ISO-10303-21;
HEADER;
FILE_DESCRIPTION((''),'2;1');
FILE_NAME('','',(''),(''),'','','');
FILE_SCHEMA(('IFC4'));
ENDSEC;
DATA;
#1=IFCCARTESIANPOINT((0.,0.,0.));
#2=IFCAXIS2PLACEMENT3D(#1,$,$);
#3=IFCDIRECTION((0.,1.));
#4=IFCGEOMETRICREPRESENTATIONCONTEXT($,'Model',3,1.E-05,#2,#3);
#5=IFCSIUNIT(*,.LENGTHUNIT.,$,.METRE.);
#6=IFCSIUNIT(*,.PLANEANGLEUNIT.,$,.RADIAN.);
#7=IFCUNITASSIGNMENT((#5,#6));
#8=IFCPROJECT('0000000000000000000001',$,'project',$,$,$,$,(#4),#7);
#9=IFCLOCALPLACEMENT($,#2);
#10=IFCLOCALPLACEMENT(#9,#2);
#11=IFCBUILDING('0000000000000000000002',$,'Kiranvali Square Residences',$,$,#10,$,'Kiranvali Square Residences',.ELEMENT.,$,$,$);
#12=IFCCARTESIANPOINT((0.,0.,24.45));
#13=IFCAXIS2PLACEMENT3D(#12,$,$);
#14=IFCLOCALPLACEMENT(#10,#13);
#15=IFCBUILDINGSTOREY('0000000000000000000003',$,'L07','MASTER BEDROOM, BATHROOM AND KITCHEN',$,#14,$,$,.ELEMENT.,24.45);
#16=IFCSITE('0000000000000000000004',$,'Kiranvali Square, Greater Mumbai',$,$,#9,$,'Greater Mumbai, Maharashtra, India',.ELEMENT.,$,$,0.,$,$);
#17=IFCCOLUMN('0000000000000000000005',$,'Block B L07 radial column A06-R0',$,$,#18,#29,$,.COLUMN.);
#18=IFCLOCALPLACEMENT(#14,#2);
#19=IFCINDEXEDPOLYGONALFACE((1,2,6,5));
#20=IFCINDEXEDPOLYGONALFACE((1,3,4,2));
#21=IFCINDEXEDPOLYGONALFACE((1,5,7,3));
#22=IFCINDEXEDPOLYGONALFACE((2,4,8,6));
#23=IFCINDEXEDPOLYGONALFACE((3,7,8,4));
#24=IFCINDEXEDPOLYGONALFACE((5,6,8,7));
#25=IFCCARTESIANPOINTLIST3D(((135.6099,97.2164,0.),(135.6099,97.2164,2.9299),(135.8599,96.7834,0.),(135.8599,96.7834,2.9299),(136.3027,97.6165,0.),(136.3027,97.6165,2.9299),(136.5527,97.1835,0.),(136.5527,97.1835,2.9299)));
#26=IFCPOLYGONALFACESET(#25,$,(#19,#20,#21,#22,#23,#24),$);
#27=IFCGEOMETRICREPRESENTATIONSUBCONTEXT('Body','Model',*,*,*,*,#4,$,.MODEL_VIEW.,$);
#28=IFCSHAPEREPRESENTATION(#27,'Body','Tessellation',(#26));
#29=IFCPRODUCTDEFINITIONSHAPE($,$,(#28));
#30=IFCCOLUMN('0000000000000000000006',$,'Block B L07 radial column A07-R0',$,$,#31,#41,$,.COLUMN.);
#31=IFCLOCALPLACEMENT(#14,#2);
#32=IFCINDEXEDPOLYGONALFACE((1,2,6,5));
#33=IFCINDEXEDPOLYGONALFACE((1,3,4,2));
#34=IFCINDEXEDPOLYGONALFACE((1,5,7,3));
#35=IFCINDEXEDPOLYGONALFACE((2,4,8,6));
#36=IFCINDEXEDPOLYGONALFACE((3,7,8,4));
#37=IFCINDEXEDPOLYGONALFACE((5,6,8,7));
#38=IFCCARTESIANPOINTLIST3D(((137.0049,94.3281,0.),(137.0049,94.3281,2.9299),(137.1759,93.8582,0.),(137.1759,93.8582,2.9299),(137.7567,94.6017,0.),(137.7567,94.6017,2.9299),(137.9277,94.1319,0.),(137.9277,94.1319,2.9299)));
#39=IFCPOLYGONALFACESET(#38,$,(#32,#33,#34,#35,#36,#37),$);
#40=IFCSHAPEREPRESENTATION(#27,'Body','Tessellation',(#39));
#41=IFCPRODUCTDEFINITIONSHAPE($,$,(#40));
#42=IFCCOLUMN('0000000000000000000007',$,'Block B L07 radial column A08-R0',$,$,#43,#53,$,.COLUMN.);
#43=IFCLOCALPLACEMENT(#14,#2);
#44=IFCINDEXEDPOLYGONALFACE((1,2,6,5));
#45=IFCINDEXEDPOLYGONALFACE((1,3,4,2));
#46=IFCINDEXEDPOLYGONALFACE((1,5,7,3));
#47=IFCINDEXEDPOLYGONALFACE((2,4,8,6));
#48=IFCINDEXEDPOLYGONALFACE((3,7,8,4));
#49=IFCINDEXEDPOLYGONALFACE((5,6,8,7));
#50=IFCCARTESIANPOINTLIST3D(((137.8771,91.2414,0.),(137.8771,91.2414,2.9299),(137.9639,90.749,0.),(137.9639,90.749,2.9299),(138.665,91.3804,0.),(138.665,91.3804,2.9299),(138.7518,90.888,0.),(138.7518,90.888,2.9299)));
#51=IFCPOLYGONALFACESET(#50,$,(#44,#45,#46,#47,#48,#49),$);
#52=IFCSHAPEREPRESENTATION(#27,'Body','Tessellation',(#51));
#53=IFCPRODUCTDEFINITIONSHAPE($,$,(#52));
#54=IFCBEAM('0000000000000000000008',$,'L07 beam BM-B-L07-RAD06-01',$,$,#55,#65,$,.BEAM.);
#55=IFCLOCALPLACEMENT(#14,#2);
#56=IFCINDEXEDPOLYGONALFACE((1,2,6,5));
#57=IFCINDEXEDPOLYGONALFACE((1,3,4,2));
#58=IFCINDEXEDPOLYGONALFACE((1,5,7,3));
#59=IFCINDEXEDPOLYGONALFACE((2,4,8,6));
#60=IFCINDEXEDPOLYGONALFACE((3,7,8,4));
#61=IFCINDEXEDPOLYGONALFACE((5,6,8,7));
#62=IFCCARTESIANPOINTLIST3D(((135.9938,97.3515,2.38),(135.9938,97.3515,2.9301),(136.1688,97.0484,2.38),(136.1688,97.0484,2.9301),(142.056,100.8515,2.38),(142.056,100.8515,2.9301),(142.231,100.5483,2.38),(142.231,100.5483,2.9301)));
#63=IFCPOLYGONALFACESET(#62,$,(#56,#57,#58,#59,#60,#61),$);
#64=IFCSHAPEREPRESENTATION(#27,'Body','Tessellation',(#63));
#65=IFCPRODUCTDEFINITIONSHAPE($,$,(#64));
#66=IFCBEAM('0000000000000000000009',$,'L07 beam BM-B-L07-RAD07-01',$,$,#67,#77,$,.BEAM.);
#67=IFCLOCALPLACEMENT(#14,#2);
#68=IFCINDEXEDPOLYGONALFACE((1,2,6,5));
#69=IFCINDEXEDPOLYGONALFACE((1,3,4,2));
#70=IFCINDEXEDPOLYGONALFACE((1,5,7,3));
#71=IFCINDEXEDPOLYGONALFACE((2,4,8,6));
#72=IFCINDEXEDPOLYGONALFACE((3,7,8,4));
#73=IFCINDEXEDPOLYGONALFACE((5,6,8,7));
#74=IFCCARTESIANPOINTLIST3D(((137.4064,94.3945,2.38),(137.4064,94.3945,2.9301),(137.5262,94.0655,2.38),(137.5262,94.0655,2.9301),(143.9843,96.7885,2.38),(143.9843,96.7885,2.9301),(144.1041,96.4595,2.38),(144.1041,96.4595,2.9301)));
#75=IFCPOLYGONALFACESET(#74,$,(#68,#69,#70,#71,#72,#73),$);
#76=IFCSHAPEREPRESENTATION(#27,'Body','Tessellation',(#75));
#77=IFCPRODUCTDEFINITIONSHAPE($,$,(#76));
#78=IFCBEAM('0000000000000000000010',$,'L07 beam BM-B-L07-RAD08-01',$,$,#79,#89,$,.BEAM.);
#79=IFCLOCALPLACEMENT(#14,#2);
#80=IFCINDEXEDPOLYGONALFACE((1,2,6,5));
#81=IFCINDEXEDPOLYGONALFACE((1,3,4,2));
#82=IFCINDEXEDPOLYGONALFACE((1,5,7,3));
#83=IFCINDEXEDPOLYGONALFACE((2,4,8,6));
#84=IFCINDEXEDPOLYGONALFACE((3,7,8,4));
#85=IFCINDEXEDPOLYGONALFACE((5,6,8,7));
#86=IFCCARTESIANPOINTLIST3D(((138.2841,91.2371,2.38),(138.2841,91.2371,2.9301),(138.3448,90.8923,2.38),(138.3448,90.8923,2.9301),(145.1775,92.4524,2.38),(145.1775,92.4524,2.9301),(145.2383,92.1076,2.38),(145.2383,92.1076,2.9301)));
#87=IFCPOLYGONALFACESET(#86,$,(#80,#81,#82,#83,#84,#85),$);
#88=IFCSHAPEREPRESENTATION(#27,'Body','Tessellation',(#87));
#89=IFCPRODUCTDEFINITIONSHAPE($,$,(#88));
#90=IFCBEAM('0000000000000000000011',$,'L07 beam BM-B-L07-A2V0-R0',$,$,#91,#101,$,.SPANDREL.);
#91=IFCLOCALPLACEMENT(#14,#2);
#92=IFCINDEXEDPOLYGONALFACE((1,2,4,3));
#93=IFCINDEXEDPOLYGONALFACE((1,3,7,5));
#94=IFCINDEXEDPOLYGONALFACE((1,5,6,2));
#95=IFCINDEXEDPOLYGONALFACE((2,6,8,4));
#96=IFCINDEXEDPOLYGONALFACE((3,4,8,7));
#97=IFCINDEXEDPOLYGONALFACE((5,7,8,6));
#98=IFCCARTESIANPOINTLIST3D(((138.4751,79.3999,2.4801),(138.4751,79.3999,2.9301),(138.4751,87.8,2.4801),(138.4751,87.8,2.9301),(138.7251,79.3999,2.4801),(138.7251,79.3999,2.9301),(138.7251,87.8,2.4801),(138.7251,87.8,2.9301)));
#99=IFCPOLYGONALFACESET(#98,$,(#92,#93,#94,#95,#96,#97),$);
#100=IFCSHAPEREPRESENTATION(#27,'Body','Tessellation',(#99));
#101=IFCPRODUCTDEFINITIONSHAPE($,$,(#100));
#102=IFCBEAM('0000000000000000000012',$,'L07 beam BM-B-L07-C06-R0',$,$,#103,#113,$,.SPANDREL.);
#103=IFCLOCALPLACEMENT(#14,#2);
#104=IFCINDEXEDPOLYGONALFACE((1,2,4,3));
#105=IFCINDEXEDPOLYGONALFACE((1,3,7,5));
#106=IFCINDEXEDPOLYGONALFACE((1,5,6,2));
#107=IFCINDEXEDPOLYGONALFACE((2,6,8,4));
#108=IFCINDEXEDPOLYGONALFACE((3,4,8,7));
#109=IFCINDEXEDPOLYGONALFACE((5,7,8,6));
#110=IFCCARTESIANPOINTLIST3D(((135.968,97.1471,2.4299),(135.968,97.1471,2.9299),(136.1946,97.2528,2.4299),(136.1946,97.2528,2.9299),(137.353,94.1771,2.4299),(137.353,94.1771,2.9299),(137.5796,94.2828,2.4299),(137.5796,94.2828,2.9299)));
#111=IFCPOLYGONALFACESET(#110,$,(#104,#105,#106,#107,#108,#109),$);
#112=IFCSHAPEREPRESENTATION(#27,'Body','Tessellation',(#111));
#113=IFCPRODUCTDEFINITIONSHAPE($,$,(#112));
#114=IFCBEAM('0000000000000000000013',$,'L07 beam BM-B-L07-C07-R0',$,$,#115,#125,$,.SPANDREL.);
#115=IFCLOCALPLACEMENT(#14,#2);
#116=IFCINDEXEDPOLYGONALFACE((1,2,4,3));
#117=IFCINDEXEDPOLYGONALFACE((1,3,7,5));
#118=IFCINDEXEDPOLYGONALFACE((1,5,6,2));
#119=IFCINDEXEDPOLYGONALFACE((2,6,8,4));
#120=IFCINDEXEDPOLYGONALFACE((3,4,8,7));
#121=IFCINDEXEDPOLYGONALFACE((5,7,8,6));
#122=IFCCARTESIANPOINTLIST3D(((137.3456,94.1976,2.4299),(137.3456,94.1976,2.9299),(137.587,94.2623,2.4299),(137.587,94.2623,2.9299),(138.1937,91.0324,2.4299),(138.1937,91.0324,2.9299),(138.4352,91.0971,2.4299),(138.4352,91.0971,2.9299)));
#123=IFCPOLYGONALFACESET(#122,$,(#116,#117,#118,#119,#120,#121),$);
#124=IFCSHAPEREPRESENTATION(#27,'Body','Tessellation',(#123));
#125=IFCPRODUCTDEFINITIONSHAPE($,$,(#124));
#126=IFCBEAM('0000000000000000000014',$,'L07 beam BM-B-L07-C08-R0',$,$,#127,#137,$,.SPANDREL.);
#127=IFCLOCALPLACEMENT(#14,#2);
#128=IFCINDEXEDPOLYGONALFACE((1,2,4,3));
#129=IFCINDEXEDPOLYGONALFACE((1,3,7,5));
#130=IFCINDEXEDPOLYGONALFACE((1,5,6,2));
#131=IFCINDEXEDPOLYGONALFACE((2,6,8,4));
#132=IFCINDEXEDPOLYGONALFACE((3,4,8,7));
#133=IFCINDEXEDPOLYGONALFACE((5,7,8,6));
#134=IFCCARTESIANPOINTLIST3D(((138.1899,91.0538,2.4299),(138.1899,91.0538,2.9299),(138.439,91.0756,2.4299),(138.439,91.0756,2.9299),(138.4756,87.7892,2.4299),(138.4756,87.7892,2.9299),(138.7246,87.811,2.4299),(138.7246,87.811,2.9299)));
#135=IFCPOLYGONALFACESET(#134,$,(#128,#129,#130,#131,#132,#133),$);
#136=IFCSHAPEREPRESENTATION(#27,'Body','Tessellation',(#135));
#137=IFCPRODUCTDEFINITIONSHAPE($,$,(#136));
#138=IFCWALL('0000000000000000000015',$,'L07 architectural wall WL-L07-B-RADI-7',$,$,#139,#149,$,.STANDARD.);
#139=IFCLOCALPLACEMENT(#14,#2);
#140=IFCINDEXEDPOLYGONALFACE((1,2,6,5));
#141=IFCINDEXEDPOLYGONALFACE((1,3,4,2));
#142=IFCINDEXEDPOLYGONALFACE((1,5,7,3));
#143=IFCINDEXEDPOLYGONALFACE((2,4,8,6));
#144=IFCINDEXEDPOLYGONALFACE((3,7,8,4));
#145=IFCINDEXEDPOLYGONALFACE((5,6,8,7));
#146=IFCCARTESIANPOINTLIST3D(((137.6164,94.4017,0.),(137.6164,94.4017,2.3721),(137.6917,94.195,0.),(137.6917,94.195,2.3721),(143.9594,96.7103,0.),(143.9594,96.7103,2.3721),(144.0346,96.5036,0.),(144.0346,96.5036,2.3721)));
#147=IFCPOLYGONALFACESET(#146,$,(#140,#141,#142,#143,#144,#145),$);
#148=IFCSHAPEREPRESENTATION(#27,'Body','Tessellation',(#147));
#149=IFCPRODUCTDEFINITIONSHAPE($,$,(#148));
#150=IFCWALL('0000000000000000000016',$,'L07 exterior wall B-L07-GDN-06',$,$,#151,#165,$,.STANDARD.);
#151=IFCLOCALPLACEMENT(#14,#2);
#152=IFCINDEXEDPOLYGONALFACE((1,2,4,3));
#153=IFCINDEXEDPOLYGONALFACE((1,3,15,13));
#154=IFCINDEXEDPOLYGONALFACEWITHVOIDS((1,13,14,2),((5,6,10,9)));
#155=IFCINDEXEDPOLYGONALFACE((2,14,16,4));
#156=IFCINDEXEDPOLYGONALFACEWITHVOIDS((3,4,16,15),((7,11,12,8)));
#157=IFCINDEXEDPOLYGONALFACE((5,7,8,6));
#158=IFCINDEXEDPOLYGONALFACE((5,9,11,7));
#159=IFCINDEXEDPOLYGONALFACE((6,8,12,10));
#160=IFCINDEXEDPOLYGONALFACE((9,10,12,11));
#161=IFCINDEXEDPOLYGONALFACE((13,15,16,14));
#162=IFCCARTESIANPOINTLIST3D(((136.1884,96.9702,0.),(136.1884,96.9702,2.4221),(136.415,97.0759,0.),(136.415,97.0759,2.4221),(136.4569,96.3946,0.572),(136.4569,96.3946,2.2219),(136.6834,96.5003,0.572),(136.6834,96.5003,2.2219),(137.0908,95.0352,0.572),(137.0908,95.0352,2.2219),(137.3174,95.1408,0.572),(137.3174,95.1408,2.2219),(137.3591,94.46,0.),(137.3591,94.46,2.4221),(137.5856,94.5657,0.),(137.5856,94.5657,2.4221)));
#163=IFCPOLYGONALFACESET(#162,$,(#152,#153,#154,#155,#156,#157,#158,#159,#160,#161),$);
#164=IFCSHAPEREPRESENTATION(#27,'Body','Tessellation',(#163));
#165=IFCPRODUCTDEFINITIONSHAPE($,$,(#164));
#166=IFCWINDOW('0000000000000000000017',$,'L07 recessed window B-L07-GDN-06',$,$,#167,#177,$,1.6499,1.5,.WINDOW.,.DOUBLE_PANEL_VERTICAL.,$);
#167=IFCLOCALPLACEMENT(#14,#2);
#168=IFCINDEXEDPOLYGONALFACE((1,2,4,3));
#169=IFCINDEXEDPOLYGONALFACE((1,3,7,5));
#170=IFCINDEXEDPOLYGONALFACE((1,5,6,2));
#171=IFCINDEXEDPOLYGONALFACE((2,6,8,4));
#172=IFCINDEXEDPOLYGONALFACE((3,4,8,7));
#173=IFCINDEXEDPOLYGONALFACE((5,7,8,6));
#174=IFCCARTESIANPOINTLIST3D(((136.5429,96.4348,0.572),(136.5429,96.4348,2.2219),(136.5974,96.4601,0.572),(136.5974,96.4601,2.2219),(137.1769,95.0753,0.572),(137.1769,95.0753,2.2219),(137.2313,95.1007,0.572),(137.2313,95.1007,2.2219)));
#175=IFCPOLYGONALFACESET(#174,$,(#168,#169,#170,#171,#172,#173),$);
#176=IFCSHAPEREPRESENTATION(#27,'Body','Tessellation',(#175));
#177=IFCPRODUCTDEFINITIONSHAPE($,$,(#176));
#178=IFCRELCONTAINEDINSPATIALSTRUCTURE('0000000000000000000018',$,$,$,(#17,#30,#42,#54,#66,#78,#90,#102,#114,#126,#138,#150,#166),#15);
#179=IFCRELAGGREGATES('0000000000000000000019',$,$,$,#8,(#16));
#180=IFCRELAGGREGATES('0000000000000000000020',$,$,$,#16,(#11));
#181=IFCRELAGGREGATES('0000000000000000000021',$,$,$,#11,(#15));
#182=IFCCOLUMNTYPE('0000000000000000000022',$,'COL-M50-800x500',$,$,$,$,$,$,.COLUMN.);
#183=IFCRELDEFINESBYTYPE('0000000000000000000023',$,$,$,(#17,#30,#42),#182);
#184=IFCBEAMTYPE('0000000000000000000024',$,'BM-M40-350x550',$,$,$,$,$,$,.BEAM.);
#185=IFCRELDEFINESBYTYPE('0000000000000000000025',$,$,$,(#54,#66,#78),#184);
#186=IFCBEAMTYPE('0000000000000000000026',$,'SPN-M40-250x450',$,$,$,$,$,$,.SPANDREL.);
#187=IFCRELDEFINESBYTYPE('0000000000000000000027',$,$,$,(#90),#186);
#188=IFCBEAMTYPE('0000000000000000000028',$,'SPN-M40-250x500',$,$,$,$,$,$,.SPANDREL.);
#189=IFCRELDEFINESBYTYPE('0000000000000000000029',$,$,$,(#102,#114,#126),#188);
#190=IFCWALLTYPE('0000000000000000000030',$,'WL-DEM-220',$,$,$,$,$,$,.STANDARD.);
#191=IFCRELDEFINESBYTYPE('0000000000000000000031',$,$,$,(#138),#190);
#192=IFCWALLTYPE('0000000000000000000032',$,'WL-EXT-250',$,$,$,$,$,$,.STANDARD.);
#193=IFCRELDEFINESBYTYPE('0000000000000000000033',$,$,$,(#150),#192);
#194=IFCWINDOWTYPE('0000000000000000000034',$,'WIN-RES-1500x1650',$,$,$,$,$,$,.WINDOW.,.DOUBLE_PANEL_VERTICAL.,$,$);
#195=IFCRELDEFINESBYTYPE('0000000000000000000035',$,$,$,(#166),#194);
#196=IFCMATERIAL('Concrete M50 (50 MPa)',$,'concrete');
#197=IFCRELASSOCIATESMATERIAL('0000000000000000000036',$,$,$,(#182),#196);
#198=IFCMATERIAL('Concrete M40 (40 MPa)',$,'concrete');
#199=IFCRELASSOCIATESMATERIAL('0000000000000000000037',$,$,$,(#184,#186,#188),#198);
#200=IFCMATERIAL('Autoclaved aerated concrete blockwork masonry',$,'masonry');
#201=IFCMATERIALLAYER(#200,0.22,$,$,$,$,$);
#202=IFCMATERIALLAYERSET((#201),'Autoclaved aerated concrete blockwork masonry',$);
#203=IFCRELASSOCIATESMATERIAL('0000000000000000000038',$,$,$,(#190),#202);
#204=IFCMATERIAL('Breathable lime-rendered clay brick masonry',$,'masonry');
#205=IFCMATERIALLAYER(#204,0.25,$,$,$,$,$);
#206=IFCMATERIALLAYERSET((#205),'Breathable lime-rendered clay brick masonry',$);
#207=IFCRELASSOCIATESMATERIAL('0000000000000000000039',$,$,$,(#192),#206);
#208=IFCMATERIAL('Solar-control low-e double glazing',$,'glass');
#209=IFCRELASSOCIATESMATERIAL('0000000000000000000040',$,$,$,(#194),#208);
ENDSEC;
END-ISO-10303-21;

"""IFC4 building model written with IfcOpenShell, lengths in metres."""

from ifc_helpers import new_model, si_unit, direction, frame, frame_2d, origin, origin_2d, place, context, subcontext, project, spatial, rectangle, extrude, material, layer, layer_set, material_profile, profile_set, type_object, element, fill, save


model = new_model("IFC4")

# Units and contexts
model_context = context("Model", 3, precision=1e-05, world=origin(), true_north=direction((0.0, 1.0)))
body_context = subcontext(model_context, "Body", "Model", "MODEL_VIEW")
ifc_project = project(units=[si_unit("LENGTHUNIT", "METRE"), si_unit("PLANEANGLEUNIT", "RADIAN")], contexts=[model_context])

# Site, building, storey
site_placement = place(None, origin())
site = spatial("IfcSite", under=ifc_project, at=site_placement, Name="Kiranvali Square, Greater Mumbai", LongName="Greater Mumbai, Maharashtra, India", CompositionType="ELEMENT", RefElevation=0.0)
building_placement = place(site_placement, origin())
building = spatial("IfcBuilding", under=site, at=building_placement, Name="Kiranvali Square Residences", LongName="Kiranvali Square Residences", CompositionType="ELEMENT")
storey_placement = place(building_placement, frame((0.0, 0.0, 24.45)))
storey = spatial("IfcBuildingStorey", under=building, at=storey_placement, Name="L07", Description="MASTER BEDROOM, BATHROOM AND KITCHEN", CompositionType="ELEMENT", Elevation=24.45)

# Columns
ifc_material_1 = material(Name="Concrete M50 (50 MPa)", Category="concrete")
ifc_material_profile_1 = material_profile(ifc_material_1, rectangle(XDim=0.5, YDim=0.8, at=origin_2d()), Name="RC 800x500")
ifc_profile_set_1 = profile_set([ifc_material_profile_1], Name="Concrete M50 (50 MPa)")
column_type = type_object("IfcColumnType", Name="COL-M50-800x500", PredefinedType="COLUMN", material=ifc_profile_set_1)
for number, where, z_axis, x_axis, name in (
    (1, (136.0813, 97.2, 0.0), (0.0, 0.0, 1.0), (-0.5, 0.866025, 0.0), "Block B L07 radial column A06-R0"),
    (2, (137.4663, 94.23, 0.0), (0.0, 0.0, 1.0), (-0.34202, 0.939693, 0.0), "Block B L07 radial column A07-R0"),
    (3, (138.3145, 91.0647, 0.0), (0.0, 0.0, 1.0), (-0.173648, 0.984808, 0.0), "Block B L07 radial column A08-R0"),
):
    element("IfcColumn", number, at=place(storey_placement, frame(where, z_axis=z_axis, x_axis=x_axis)), inside=storey, type_object=column_type, Name=name, PredefinedType="COLUMN", context=body_context, shape_type="SweptSolid", body=[
        extrude(rectangle(XDim=0.5, YDim=0.8, at=origin_2d()), origin(), (0.0, 0.0, 1.0), 2.9299),
    ])

# Beams
ifc_material_2 = material(Name="Concrete M40 (40 MPa)", Category="concrete")
ifc_material_profile_2 = material_profile(ifc_material_2, rectangle(XDim=0.3501, YDim=0.55, at=origin_2d()), Name="RC 350x550")
ifc_profile_set_2 = profile_set([ifc_material_profile_2], Name="Concrete M40 (40 MPa)")
beam_type_1 = type_object("IfcBeamType", Name="BM-M40-350x550", PredefinedType="BEAM", material=ifc_profile_set_2)
for number, where, z_axis, x_axis, name in (
    (4, (136.0813, 97.2, 2.655), (0.866028, 0.499995, 0.0), (-0.499995, 0.866028, 0.0), "L07 beam BM-B-L07-RAD06-01"),
    (5, (137.4663, 94.23, 2.655), (0.939698, 0.342006, 0.0), (-0.342006, 0.939698, 0.0), "L07 beam BM-B-L07-RAD07-01"),
):
    element("IfcBeam", number, at=place(storey_placement, frame(where, z_axis=z_axis, x_axis=x_axis)), inside=storey, type_object=beam_type_1, Name=name, PredefinedType="BEAM", context=body_context, shape_type="SweptSolid", body=[
        extrude(rectangle(XDim=0.3501, YDim=0.55, at=origin_2d()), origin(), (0.0, 0.0, 1.0), 7.0),
    ])
beam_1_placement = place(storey_placement, frame((138.3145, 91.0647, 2.655), z_axis=(0.984812, 0.173622, 0.0), x_axis=(-0.173622, 0.984812, 0.0)))
element("IfcBeam", 6, at=beam_1_placement, inside=storey, type_object=beam_type_1, Name="L07 beam BM-B-L07-RAD08-01", PredefinedType="BEAM", context=body_context, shape_type="SweptSolid", body=[
    extrude(rectangle(XDim=0.3501, YDim=0.55, at=origin_2d()), origin(), (0.0, 0.0, 1.0), 6.9998),
])
ifc_material_profile_3 = material_profile(ifc_material_2, rectangle(XDim=0.25, YDim=0.45, at=origin_2d()), Name="RC 250x450")
ifc_profile_set_3 = profile_set([ifc_material_profile_3], Name="Concrete M40 (40 MPa)")
beam_type_2 = type_object("IfcBeamType", Name="SPN-M40-250x450", PredefinedType="SPANDREL", material=ifc_profile_set_3)
beam_2_placement = place(storey_placement, frame((138.6001, 87.8, 2.7051), z_axis=(0.0, -1.0, 0.0), x_axis=(1.0, 0.0, 0.0)))
element("IfcBeam", 7, at=beam_2_placement, inside=storey, type_object=beam_type_2, Name="L07 beam BM-B-L07-A2V0-R0", PredefinedType="SPANDREL", context=body_context, shape_type="SweptSolid", body=[
    extrude(rectangle(XDim=0.25, YDim=0.45, at=origin_2d()), origin(), (0.0, 0.0, 1.0), 8.4001),
])
ifc_material_profile_4 = material_profile(ifc_material_2, rectangle(XDim=0.25, YDim=0.5, at=origin_2d()), Name="RC 250x500")
ifc_profile_set_4 = profile_set([ifc_material_profile_4], Name="Concrete M40 (40 MPa)")
beam_type_3 = type_object("IfcBeamType", Name="SPN-M40-250x500", PredefinedType="SPANDREL", material=ifc_profile_set_4)
beam_3_placement = place(storey_placement, frame((136.0813, 97.2, 2.6799), z_axis=(0.422641, -0.906297, 0.0), x_axis=(0.906297, 0.422641, 0.0)))
element("IfcBeam", 8, at=beam_3_placement, inside=storey, type_object=beam_type_3, Name="L07 beam BM-B-L07-C06-R0", PredefinedType="SPANDREL", context=body_context, shape_type="SweptSolid", body=[
    extrude(rectangle(XDim=0.25, YDim=0.5, at=origin_2d()), origin(), (0.0, 0.0, 1.0), 3.2771),
])
beam_4_placement = place(storey_placement, frame((137.4663, 94.23, 2.6799), z_axis=(0.258822, -0.965925, 0.0), x_axis=(0.965925, 0.258822, 0.0)))
element("IfcBeam", 9, at=beam_4_placement, inside=storey, type_object=beam_type_3, Name="L07 beam BM-B-L07-C07-R0", PredefinedType="SPANDREL", context=body_context, shape_type="SweptSolid", body=[
    extrude(rectangle(XDim=0.25, YDim=0.5, at=origin_2d()), origin(), (0.0, 0.0, 1.0), 3.2769),
])
beam_5_placement = place(storey_placement, frame((138.3145, 91.0647, 2.6799), z_axis=(0.087163, -0.996194, 0.0), x_axis=(0.996194, 0.087163, 0.0)))
element("IfcBeam", 10, at=beam_5_placement, inside=storey, type_object=beam_type_3, Name="L07 beam BM-B-L07-C08-R0", PredefinedType="SPANDREL", context=body_context, shape_type="SweptSolid", body=[
    extrude(rectangle(XDim=0.25, YDim=0.5, at=origin_2d()), origin(), (0.0, 0.0, 1.0), 3.2771),
])

# Wall
ifc_material_3 = material(Name="Autoclaved aerated concrete blockwork masonry", Category="masonry")
ifc_layer_1 = layer(ifc_material_3, 0.22)
ifc_layer_set_1 = layer_set([ifc_layer_1], Name="Autoclaved aerated concrete blockwork masonry")
wall_type_1 = type_object("IfcWallType", Name="WL-DEM-220", PredefinedType="STANDARD", material=ifc_layer_set_1)
wall_1_placement = place(storey_placement, frame((137.6541, 94.2983, 0.0), z_axis=(0.0, 0.0, 1.0), x_axis=(0.939696, 0.34201, 0.0)))
element("IfcWall", 11, at=wall_1_placement, inside=storey, type_object=wall_type_1, Name="L07 architectural wall WL-L07-B-RADI-7", PredefinedType="STANDARD", context=body_context, shape_type="SweptSolid", body=[
    extrude(rectangle(XDim=6.75, YDim=0.22, at=frame_2d((3.375, 0.0))), origin(), (0.0, 0.0, 1.0), 2.3721),
])

# Wall, opening, window
ifc_material_4 = material(Name="Breathable lime-rendered clay brick masonry", Category="masonry")
ifc_layer_2 = layer(ifc_material_4, 0.25)
ifc_layer_set_2 = layer_set([ifc_layer_2], Name="Breathable lime-rendered clay brick masonry")
wall_type_2 = type_object("IfcWallType", Name="WL-EXT-250", PredefinedType="STANDARD", material=ifc_layer_set_2)
wall_2_placement = place(storey_placement, frame((136.3018, 97.0229, 0.0), z_axis=(0.0, 0.0, 1.0), x_axis=(0.422649, -0.906293, 0.0)))
wall_2 = element("IfcWall", 12, at=wall_2_placement, inside=storey, type_object=wall_type_2, Name="L07 exterior wall B-L07-GDN-06", PredefinedType="STANDARD", context=body_context, shape_type="SweptSolid", body=[
    extrude(rectangle(XDim=2.7698, YDim=0.25, at=frame_2d((1.3848, 0.0))), origin(), (0.0, 0.0, 1.0), 2.4221),
])
opening_1_placement = place(wall_2_placement, frame((0.635, 0.0, 0.572)))
opening_1 = element("IfcOpeningElement", 13, at=opening_1_placement, cuts=wall_2, PredefinedType="OPENING", context=body_context, shape_type="SweptSolid", body=[
    extrude(rectangle(XDim=1.5, YDim=1.6499, at=frame_2d((0.75, 0.825))), frame((0.0, 0.135, 0.0), z_axis=(0.0, -1.0, 0.0), x_axis=(1.0, 0.0, 0.0)), (0.0, 0.0, 1.0), 0.27),
])
ifc_material_5 = material(Name="Solar-control low-e double glazing", Category="glass")
window_type_1 = type_object("IfcWindowType", Name="WIN-RES-1500x1650", PartitioningType="DOUBLE_PANEL_VERTICAL", PredefinedType="WINDOW", material=ifc_material_5)
window_1_placement = place(opening_1_placement, origin())
window_1 = element("IfcWindow", 14, at=window_1_placement, inside=storey, type_object=window_type_1, Name="L07 recessed window B-L07-GDN-06", OverallHeight=1.6499, OverallWidth=1.5, PartitioningType="DOUBLE_PANEL_VERTICAL", PredefinedType="WINDOW", context=body_context, shape_type="SweptSolid", body=[
    extrude(rectangle(XDim=1.5, YDim=1.6499, at=frame_2d((0.75, 0.825))), frame((0.0, 0.03, 0.0), z_axis=(0.0, -1.0, 0.0), x_axis=(1.0, 0.0, 0.0)), (0.0, 0.0, 1.0), 0.0601),
])
fill(opening_1, window_1)

save(model, "model.ifc")
